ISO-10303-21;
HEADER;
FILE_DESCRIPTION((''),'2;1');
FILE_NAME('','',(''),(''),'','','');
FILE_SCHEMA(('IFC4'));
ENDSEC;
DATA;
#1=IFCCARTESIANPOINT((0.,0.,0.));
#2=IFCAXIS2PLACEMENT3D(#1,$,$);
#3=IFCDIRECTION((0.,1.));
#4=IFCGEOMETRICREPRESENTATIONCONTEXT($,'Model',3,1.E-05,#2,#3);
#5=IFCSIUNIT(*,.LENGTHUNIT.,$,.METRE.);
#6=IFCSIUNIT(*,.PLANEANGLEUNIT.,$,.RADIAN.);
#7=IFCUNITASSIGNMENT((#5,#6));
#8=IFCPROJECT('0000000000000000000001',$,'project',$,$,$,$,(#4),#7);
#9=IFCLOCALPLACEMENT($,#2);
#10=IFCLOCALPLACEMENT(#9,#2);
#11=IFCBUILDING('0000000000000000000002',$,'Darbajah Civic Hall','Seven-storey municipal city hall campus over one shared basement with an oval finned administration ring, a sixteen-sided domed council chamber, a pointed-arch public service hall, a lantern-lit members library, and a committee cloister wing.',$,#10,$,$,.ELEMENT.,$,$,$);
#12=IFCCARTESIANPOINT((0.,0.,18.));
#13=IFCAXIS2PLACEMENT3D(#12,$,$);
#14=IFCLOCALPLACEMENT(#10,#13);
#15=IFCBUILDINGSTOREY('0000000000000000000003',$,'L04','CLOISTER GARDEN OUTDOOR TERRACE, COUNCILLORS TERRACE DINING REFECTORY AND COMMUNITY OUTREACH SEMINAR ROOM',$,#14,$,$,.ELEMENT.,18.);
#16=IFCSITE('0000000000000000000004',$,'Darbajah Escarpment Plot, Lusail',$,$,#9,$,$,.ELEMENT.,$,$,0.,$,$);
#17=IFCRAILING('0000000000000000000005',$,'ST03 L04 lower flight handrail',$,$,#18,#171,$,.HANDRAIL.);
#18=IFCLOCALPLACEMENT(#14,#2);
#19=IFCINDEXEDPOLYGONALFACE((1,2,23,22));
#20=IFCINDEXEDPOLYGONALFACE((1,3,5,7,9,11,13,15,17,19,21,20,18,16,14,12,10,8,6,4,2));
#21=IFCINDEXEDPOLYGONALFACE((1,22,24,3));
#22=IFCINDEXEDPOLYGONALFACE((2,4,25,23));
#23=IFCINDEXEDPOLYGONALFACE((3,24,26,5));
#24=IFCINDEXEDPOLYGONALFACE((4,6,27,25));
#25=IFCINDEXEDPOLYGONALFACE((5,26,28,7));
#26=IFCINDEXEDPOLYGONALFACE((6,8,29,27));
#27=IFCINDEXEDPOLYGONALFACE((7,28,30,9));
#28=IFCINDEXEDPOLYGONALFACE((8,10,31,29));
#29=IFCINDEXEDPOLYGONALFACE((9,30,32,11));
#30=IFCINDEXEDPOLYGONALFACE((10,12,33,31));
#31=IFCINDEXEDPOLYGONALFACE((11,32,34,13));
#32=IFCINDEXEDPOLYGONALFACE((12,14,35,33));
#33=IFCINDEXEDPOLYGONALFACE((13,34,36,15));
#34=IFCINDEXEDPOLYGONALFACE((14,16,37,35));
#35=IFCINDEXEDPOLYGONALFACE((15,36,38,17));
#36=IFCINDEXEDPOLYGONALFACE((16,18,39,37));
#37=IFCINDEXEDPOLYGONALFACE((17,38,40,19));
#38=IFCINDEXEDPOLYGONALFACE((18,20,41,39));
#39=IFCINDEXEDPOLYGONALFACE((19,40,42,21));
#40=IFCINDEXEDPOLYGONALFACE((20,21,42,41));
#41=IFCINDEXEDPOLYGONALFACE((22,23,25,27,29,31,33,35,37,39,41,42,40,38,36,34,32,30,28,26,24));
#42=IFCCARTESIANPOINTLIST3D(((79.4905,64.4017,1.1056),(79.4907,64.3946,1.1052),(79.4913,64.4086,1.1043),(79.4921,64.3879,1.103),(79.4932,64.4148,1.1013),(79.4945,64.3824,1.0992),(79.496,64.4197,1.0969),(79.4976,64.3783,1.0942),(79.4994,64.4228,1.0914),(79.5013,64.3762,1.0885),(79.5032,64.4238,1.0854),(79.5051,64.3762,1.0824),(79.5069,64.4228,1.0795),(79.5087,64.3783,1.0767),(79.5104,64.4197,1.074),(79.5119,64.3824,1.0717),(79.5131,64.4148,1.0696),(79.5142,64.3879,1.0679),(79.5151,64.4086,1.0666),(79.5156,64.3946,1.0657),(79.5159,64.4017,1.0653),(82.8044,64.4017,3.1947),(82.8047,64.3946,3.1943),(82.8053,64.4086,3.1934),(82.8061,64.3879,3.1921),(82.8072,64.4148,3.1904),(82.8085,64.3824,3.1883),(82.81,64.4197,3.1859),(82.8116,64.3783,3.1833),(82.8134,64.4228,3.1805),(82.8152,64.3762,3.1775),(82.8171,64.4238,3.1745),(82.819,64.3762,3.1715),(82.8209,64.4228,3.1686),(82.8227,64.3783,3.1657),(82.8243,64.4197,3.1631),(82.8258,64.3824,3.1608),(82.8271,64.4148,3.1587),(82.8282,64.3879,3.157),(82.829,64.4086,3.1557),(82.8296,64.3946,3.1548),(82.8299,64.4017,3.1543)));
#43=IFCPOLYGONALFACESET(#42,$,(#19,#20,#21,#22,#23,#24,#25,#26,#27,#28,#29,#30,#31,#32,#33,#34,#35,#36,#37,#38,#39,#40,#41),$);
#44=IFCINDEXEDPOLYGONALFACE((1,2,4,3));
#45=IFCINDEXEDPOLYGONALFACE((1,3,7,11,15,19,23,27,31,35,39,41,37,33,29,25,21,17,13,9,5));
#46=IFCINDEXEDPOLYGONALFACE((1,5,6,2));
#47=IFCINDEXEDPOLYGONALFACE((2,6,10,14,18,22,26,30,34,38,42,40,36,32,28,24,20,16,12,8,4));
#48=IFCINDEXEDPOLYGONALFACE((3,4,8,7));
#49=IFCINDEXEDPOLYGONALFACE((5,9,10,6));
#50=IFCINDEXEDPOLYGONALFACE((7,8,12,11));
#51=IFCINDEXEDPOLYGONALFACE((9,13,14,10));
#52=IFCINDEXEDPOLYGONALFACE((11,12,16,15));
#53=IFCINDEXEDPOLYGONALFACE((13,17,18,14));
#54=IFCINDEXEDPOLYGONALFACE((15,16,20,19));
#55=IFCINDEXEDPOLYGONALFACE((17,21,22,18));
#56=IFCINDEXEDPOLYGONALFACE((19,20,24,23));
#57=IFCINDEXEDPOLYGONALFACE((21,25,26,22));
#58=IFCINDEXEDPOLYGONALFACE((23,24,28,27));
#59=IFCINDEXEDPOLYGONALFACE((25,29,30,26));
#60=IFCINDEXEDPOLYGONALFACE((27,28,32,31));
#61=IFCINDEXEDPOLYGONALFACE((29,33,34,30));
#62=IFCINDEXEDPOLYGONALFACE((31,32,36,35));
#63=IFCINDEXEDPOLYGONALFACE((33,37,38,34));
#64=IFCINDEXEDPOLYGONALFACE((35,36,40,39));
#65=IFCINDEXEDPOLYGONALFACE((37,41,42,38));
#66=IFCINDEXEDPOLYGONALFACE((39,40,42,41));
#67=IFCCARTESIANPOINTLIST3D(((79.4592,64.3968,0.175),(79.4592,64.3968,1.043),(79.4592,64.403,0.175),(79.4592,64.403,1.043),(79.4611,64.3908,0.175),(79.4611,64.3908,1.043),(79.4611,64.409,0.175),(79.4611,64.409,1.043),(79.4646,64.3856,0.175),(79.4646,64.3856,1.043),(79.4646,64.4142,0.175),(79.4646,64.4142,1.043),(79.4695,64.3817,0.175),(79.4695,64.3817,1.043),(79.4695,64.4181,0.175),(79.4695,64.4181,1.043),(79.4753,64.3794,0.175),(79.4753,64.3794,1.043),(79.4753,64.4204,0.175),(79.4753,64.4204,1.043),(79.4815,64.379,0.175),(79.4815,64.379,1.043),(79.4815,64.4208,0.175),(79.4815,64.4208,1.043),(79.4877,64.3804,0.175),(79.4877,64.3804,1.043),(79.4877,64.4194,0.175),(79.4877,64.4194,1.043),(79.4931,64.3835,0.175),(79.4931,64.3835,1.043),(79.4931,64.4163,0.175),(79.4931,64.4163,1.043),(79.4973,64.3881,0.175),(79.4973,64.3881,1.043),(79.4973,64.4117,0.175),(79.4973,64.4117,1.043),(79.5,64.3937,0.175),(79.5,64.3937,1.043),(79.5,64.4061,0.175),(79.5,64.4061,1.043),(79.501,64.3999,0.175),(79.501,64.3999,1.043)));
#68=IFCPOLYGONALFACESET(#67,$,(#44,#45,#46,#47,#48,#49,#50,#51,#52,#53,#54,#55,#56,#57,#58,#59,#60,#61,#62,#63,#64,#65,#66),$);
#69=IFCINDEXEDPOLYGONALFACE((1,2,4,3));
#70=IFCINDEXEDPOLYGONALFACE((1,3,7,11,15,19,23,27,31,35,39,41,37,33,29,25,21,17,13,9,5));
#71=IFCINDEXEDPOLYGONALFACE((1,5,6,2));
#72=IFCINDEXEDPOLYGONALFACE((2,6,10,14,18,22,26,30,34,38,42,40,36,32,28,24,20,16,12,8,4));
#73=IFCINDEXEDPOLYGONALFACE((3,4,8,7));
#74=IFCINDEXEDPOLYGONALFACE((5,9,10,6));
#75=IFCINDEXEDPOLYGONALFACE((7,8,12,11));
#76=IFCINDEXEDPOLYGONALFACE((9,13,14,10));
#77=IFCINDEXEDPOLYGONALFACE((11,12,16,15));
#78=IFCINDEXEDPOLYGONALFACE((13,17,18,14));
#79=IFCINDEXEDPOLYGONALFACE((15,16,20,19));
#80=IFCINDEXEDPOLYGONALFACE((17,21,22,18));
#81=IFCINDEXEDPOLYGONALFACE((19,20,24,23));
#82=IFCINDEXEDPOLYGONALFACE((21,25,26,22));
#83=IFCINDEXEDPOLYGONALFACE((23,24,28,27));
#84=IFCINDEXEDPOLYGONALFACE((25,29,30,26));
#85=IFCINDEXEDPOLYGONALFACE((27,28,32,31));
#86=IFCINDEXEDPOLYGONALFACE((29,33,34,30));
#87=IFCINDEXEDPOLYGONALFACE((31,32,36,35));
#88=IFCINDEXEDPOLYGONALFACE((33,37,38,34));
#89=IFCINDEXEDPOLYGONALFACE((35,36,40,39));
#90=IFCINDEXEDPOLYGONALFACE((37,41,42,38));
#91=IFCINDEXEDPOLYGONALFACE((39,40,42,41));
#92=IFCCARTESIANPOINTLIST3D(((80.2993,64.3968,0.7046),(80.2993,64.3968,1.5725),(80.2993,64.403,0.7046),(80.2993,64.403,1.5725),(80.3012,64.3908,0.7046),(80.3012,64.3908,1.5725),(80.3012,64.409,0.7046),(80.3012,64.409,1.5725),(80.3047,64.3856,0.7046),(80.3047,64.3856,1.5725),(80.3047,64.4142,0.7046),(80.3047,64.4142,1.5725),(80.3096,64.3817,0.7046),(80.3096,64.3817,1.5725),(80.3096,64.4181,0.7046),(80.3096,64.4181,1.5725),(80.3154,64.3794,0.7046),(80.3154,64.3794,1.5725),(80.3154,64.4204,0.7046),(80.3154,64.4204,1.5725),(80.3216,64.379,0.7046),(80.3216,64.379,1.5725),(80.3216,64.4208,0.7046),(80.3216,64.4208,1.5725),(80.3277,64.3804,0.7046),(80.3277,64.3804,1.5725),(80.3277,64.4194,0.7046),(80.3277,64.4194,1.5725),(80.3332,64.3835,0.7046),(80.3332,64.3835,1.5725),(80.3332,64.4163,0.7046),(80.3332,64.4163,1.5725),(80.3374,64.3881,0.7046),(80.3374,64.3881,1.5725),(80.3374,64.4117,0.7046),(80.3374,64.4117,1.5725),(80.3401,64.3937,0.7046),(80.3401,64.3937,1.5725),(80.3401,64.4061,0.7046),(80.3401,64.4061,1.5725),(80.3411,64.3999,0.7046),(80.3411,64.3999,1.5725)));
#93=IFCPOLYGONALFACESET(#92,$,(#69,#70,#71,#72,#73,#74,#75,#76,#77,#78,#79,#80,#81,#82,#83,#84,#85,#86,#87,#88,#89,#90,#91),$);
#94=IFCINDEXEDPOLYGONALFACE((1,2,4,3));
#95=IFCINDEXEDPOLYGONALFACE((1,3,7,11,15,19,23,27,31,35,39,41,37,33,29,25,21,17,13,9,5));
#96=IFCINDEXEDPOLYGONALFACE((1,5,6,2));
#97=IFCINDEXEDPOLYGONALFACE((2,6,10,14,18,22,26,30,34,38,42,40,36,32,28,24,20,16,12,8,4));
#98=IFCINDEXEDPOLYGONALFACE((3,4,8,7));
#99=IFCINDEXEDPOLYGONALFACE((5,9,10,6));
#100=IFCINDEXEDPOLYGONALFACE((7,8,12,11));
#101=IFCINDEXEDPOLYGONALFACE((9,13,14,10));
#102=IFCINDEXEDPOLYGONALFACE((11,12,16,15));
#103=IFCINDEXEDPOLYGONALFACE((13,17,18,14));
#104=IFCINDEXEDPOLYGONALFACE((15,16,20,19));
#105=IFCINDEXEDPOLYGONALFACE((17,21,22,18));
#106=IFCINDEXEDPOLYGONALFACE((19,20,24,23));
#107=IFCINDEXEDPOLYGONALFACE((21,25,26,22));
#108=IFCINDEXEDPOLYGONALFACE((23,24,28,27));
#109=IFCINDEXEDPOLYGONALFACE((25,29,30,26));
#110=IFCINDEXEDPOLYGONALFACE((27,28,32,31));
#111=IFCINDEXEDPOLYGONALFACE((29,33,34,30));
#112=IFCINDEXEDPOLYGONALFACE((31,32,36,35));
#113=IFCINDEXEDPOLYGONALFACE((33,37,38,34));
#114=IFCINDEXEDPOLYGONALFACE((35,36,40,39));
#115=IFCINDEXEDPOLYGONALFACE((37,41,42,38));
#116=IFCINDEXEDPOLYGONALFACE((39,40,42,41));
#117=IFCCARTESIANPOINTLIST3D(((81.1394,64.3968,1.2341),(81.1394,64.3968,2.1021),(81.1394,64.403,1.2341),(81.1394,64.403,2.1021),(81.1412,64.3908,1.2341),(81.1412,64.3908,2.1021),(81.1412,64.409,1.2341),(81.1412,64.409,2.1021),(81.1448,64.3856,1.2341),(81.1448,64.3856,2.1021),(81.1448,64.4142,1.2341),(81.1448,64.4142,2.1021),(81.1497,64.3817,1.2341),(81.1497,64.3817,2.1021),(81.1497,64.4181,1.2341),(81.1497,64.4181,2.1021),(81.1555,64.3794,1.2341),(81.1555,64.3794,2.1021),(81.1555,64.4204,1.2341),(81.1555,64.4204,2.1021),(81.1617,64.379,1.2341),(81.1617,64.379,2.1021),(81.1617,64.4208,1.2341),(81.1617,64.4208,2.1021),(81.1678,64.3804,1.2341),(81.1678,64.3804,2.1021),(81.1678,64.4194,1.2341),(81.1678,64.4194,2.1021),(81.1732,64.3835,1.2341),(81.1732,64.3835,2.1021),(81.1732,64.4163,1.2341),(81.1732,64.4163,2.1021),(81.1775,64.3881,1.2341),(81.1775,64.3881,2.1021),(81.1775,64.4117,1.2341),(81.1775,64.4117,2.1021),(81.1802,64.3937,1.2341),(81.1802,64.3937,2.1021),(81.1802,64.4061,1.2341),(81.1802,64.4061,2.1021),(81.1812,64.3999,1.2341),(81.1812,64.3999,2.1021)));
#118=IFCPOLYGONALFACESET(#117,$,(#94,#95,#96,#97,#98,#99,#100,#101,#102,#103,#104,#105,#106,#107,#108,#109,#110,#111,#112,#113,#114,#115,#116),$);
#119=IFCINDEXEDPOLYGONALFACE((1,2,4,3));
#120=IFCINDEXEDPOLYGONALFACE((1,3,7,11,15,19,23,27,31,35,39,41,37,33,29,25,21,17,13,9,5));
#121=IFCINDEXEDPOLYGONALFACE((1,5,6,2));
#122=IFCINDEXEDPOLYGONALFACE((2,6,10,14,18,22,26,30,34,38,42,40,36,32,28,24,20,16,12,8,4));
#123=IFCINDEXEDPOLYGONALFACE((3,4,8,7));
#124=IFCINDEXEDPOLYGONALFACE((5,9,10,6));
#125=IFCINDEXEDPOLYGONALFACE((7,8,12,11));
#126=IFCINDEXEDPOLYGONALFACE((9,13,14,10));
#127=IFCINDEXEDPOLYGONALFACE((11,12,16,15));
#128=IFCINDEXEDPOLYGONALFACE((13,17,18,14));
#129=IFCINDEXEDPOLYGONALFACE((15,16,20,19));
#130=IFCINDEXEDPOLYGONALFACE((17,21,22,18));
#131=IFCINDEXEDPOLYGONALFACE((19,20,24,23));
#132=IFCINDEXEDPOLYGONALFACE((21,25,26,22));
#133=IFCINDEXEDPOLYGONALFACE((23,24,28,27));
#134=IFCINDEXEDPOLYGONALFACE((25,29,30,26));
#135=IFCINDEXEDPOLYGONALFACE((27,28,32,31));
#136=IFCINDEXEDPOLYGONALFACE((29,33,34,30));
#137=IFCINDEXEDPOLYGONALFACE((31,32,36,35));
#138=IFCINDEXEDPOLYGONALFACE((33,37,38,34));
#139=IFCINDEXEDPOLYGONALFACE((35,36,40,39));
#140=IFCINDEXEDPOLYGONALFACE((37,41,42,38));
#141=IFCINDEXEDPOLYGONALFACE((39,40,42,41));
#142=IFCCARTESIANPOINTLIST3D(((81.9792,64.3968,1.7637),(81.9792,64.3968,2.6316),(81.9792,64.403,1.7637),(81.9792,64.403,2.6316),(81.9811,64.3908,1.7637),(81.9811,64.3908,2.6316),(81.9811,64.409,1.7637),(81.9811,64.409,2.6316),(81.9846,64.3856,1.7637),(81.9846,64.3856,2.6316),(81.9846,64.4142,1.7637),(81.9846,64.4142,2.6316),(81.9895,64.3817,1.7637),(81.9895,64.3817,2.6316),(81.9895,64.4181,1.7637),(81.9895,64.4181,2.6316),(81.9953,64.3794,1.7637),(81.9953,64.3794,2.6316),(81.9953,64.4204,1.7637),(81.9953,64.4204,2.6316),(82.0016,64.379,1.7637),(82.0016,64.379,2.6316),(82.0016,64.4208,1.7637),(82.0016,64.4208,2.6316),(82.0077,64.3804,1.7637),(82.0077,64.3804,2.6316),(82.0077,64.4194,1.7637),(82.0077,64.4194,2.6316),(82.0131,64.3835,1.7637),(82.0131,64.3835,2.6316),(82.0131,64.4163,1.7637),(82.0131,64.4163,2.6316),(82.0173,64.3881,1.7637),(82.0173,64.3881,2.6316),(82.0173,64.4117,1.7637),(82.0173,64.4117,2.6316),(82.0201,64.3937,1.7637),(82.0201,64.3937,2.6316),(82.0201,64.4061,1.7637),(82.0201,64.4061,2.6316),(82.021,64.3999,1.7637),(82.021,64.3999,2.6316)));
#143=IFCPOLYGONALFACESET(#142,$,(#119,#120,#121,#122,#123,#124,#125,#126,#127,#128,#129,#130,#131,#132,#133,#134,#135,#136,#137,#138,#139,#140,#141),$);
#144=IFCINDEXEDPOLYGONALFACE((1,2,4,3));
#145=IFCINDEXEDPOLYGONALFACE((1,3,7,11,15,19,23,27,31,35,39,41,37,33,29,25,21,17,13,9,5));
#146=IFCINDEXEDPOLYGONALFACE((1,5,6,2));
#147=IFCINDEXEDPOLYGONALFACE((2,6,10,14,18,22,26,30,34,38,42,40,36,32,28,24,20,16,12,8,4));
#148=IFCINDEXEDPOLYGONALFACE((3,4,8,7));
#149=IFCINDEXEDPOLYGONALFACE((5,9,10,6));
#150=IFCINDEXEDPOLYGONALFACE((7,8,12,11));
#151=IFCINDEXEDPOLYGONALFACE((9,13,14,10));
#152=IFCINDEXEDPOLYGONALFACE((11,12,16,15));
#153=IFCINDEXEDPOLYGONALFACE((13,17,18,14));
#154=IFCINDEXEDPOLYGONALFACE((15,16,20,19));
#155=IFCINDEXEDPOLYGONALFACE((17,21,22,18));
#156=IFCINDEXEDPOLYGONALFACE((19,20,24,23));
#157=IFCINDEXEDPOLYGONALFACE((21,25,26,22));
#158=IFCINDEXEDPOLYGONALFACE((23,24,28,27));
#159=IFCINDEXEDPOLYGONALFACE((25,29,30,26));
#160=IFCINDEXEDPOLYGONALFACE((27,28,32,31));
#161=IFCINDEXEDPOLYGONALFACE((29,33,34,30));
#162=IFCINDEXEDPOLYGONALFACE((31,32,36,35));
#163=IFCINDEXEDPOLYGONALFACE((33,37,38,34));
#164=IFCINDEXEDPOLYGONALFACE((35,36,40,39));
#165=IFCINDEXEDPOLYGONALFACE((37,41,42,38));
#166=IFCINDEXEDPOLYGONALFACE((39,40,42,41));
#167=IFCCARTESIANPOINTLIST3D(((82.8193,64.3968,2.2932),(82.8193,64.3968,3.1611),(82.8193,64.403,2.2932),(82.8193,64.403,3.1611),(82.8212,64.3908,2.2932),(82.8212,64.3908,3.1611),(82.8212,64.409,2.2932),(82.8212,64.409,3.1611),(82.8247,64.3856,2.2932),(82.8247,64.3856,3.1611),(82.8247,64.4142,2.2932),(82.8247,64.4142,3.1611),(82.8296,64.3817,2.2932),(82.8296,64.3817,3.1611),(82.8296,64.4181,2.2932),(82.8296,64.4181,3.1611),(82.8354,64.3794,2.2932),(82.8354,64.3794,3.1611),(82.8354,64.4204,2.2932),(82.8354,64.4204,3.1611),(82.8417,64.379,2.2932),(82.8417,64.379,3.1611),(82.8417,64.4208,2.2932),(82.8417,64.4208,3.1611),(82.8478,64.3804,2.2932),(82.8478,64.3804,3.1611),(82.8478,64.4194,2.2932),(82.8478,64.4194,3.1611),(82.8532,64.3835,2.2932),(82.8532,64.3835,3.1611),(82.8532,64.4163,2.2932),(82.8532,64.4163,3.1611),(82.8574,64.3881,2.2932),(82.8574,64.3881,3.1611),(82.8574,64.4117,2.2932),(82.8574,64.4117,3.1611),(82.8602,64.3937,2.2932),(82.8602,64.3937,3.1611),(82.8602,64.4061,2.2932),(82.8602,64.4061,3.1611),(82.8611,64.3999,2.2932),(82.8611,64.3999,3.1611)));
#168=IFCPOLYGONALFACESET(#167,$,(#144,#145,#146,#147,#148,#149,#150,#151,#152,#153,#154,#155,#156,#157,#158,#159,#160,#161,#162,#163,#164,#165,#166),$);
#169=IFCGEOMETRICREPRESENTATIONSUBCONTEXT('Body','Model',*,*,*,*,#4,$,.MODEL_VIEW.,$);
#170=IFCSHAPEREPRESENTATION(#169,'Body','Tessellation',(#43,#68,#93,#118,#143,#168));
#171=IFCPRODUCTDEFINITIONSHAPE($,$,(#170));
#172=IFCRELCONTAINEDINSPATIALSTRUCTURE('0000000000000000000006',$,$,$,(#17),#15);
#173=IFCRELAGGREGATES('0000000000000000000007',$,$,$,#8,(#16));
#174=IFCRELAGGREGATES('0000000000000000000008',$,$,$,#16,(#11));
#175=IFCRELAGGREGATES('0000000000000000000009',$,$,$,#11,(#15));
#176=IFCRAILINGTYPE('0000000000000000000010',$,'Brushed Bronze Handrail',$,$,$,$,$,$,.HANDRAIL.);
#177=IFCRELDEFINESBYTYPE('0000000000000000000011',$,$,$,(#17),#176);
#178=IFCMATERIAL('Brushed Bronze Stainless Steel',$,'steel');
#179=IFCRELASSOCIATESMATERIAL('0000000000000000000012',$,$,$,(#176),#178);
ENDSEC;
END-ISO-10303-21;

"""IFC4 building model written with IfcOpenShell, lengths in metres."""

from ifc_helpers import new_model, si_unit, direction, frame, origin, origin_2d, place, context, subcontext, project, spatial, circle, extrude, material, type_object, element, save


model = new_model("IFC4")

# Units and contexts
model_context = context("Model", 3, precision=1e-05, world=origin(), true_north=direction((0.0, 1.0)))
body_context = subcontext(model_context, "Body", "Model", "MODEL_VIEW")
ifc_project = project(units=[si_unit("LENGTHUNIT", "METRE"), si_unit("PLANEANGLEUNIT", "RADIAN")], contexts=[model_context])

# Site, building, storey
site_placement = place(None, origin())
site = spatial("IfcSite", under=ifc_project, at=site_placement, Name="Darbajah Escarpment Plot, Lusail", CompositionType="ELEMENT", RefElevation=0.0)
building_placement = place(site_placement, origin())
building = spatial("IfcBuilding", under=site, at=building_placement, Name="Darbajah Civic Hall", Description="Seven-storey municipal city hall campus over one shared basement with an oval finned administration ring, a sixteen-sided domed council chamber, a pointed-arch public service hall, a lantern-lit members library, and a committee cloister wing.", CompositionType="ELEMENT")
storey_placement = place(building_placement, frame((0.0, 0.0, 18.0)))
storey = spatial("IfcBuildingStorey", under=building, at=storey_placement, Name="L04", Description="CLOISTER GARDEN OUTDOOR TERRACE, COUNCILLORS TERRACE DINING REFECTORY AND COMMUNITY OUTREACH SEMINAR ROOM", CompositionType="ELEMENT", Elevation=18.0)

# Railing
ifc_material_1 = material(Name="Brushed Bronze Stainless Steel", Category="steel")
railing_type_1 = type_object("IfcRailingType", Name="Brushed Bronze Handrail", PredefinedType="HANDRAIL", material=ifc_material_1)
railing_1_placement = place(storey_placement, frame((79.48, 64.3999, 0.175)))
element("IfcRailing", 1, at=railing_1_placement, inside=storey, type_object=railing_type_1, Name="ST03 L04 lower flight handrail", PredefinedType="HANDRAIL", context=body_context, shape_type="SweptSolid", body=[
    extrude(circle(Radius=0.0239, at=origin_2d()), frame((0.0232, 0.0, 0.9104), z_axis=(0.845944, 0.0, 0.533271), x_axis=(0.0, 1.0, 0.0)), (0.0, 0.0, 1.0), 3.9175),
    extrude(circle(Radius=0.021, at=origin_2d()), origin(), (0.0, 0.0, 1.0), 0.8679),
    extrude(circle(Radius=0.021, at=origin_2d()), frame((0.8401, 0.0, 0.5295)), (0.0, 0.0, 1.0), 0.8679),
    extrude(circle(Radius=0.021, at=origin_2d()), frame((1.6802, 0.0, 1.0591)), (0.0, 0.0, 1.0), 0.8679),
    extrude(circle(Radius=0.021, at=origin_2d()), frame((2.52, 0.0, 1.5886)), (0.0, 0.0, 1.0), 0.8679),
    extrude(circle(Radius=0.021, at=origin_2d()), frame((3.3601, 0.0, 2.1182)), (0.0, 0.0, 1.0), 0.8679),
])

save(model, "model.ifc")
